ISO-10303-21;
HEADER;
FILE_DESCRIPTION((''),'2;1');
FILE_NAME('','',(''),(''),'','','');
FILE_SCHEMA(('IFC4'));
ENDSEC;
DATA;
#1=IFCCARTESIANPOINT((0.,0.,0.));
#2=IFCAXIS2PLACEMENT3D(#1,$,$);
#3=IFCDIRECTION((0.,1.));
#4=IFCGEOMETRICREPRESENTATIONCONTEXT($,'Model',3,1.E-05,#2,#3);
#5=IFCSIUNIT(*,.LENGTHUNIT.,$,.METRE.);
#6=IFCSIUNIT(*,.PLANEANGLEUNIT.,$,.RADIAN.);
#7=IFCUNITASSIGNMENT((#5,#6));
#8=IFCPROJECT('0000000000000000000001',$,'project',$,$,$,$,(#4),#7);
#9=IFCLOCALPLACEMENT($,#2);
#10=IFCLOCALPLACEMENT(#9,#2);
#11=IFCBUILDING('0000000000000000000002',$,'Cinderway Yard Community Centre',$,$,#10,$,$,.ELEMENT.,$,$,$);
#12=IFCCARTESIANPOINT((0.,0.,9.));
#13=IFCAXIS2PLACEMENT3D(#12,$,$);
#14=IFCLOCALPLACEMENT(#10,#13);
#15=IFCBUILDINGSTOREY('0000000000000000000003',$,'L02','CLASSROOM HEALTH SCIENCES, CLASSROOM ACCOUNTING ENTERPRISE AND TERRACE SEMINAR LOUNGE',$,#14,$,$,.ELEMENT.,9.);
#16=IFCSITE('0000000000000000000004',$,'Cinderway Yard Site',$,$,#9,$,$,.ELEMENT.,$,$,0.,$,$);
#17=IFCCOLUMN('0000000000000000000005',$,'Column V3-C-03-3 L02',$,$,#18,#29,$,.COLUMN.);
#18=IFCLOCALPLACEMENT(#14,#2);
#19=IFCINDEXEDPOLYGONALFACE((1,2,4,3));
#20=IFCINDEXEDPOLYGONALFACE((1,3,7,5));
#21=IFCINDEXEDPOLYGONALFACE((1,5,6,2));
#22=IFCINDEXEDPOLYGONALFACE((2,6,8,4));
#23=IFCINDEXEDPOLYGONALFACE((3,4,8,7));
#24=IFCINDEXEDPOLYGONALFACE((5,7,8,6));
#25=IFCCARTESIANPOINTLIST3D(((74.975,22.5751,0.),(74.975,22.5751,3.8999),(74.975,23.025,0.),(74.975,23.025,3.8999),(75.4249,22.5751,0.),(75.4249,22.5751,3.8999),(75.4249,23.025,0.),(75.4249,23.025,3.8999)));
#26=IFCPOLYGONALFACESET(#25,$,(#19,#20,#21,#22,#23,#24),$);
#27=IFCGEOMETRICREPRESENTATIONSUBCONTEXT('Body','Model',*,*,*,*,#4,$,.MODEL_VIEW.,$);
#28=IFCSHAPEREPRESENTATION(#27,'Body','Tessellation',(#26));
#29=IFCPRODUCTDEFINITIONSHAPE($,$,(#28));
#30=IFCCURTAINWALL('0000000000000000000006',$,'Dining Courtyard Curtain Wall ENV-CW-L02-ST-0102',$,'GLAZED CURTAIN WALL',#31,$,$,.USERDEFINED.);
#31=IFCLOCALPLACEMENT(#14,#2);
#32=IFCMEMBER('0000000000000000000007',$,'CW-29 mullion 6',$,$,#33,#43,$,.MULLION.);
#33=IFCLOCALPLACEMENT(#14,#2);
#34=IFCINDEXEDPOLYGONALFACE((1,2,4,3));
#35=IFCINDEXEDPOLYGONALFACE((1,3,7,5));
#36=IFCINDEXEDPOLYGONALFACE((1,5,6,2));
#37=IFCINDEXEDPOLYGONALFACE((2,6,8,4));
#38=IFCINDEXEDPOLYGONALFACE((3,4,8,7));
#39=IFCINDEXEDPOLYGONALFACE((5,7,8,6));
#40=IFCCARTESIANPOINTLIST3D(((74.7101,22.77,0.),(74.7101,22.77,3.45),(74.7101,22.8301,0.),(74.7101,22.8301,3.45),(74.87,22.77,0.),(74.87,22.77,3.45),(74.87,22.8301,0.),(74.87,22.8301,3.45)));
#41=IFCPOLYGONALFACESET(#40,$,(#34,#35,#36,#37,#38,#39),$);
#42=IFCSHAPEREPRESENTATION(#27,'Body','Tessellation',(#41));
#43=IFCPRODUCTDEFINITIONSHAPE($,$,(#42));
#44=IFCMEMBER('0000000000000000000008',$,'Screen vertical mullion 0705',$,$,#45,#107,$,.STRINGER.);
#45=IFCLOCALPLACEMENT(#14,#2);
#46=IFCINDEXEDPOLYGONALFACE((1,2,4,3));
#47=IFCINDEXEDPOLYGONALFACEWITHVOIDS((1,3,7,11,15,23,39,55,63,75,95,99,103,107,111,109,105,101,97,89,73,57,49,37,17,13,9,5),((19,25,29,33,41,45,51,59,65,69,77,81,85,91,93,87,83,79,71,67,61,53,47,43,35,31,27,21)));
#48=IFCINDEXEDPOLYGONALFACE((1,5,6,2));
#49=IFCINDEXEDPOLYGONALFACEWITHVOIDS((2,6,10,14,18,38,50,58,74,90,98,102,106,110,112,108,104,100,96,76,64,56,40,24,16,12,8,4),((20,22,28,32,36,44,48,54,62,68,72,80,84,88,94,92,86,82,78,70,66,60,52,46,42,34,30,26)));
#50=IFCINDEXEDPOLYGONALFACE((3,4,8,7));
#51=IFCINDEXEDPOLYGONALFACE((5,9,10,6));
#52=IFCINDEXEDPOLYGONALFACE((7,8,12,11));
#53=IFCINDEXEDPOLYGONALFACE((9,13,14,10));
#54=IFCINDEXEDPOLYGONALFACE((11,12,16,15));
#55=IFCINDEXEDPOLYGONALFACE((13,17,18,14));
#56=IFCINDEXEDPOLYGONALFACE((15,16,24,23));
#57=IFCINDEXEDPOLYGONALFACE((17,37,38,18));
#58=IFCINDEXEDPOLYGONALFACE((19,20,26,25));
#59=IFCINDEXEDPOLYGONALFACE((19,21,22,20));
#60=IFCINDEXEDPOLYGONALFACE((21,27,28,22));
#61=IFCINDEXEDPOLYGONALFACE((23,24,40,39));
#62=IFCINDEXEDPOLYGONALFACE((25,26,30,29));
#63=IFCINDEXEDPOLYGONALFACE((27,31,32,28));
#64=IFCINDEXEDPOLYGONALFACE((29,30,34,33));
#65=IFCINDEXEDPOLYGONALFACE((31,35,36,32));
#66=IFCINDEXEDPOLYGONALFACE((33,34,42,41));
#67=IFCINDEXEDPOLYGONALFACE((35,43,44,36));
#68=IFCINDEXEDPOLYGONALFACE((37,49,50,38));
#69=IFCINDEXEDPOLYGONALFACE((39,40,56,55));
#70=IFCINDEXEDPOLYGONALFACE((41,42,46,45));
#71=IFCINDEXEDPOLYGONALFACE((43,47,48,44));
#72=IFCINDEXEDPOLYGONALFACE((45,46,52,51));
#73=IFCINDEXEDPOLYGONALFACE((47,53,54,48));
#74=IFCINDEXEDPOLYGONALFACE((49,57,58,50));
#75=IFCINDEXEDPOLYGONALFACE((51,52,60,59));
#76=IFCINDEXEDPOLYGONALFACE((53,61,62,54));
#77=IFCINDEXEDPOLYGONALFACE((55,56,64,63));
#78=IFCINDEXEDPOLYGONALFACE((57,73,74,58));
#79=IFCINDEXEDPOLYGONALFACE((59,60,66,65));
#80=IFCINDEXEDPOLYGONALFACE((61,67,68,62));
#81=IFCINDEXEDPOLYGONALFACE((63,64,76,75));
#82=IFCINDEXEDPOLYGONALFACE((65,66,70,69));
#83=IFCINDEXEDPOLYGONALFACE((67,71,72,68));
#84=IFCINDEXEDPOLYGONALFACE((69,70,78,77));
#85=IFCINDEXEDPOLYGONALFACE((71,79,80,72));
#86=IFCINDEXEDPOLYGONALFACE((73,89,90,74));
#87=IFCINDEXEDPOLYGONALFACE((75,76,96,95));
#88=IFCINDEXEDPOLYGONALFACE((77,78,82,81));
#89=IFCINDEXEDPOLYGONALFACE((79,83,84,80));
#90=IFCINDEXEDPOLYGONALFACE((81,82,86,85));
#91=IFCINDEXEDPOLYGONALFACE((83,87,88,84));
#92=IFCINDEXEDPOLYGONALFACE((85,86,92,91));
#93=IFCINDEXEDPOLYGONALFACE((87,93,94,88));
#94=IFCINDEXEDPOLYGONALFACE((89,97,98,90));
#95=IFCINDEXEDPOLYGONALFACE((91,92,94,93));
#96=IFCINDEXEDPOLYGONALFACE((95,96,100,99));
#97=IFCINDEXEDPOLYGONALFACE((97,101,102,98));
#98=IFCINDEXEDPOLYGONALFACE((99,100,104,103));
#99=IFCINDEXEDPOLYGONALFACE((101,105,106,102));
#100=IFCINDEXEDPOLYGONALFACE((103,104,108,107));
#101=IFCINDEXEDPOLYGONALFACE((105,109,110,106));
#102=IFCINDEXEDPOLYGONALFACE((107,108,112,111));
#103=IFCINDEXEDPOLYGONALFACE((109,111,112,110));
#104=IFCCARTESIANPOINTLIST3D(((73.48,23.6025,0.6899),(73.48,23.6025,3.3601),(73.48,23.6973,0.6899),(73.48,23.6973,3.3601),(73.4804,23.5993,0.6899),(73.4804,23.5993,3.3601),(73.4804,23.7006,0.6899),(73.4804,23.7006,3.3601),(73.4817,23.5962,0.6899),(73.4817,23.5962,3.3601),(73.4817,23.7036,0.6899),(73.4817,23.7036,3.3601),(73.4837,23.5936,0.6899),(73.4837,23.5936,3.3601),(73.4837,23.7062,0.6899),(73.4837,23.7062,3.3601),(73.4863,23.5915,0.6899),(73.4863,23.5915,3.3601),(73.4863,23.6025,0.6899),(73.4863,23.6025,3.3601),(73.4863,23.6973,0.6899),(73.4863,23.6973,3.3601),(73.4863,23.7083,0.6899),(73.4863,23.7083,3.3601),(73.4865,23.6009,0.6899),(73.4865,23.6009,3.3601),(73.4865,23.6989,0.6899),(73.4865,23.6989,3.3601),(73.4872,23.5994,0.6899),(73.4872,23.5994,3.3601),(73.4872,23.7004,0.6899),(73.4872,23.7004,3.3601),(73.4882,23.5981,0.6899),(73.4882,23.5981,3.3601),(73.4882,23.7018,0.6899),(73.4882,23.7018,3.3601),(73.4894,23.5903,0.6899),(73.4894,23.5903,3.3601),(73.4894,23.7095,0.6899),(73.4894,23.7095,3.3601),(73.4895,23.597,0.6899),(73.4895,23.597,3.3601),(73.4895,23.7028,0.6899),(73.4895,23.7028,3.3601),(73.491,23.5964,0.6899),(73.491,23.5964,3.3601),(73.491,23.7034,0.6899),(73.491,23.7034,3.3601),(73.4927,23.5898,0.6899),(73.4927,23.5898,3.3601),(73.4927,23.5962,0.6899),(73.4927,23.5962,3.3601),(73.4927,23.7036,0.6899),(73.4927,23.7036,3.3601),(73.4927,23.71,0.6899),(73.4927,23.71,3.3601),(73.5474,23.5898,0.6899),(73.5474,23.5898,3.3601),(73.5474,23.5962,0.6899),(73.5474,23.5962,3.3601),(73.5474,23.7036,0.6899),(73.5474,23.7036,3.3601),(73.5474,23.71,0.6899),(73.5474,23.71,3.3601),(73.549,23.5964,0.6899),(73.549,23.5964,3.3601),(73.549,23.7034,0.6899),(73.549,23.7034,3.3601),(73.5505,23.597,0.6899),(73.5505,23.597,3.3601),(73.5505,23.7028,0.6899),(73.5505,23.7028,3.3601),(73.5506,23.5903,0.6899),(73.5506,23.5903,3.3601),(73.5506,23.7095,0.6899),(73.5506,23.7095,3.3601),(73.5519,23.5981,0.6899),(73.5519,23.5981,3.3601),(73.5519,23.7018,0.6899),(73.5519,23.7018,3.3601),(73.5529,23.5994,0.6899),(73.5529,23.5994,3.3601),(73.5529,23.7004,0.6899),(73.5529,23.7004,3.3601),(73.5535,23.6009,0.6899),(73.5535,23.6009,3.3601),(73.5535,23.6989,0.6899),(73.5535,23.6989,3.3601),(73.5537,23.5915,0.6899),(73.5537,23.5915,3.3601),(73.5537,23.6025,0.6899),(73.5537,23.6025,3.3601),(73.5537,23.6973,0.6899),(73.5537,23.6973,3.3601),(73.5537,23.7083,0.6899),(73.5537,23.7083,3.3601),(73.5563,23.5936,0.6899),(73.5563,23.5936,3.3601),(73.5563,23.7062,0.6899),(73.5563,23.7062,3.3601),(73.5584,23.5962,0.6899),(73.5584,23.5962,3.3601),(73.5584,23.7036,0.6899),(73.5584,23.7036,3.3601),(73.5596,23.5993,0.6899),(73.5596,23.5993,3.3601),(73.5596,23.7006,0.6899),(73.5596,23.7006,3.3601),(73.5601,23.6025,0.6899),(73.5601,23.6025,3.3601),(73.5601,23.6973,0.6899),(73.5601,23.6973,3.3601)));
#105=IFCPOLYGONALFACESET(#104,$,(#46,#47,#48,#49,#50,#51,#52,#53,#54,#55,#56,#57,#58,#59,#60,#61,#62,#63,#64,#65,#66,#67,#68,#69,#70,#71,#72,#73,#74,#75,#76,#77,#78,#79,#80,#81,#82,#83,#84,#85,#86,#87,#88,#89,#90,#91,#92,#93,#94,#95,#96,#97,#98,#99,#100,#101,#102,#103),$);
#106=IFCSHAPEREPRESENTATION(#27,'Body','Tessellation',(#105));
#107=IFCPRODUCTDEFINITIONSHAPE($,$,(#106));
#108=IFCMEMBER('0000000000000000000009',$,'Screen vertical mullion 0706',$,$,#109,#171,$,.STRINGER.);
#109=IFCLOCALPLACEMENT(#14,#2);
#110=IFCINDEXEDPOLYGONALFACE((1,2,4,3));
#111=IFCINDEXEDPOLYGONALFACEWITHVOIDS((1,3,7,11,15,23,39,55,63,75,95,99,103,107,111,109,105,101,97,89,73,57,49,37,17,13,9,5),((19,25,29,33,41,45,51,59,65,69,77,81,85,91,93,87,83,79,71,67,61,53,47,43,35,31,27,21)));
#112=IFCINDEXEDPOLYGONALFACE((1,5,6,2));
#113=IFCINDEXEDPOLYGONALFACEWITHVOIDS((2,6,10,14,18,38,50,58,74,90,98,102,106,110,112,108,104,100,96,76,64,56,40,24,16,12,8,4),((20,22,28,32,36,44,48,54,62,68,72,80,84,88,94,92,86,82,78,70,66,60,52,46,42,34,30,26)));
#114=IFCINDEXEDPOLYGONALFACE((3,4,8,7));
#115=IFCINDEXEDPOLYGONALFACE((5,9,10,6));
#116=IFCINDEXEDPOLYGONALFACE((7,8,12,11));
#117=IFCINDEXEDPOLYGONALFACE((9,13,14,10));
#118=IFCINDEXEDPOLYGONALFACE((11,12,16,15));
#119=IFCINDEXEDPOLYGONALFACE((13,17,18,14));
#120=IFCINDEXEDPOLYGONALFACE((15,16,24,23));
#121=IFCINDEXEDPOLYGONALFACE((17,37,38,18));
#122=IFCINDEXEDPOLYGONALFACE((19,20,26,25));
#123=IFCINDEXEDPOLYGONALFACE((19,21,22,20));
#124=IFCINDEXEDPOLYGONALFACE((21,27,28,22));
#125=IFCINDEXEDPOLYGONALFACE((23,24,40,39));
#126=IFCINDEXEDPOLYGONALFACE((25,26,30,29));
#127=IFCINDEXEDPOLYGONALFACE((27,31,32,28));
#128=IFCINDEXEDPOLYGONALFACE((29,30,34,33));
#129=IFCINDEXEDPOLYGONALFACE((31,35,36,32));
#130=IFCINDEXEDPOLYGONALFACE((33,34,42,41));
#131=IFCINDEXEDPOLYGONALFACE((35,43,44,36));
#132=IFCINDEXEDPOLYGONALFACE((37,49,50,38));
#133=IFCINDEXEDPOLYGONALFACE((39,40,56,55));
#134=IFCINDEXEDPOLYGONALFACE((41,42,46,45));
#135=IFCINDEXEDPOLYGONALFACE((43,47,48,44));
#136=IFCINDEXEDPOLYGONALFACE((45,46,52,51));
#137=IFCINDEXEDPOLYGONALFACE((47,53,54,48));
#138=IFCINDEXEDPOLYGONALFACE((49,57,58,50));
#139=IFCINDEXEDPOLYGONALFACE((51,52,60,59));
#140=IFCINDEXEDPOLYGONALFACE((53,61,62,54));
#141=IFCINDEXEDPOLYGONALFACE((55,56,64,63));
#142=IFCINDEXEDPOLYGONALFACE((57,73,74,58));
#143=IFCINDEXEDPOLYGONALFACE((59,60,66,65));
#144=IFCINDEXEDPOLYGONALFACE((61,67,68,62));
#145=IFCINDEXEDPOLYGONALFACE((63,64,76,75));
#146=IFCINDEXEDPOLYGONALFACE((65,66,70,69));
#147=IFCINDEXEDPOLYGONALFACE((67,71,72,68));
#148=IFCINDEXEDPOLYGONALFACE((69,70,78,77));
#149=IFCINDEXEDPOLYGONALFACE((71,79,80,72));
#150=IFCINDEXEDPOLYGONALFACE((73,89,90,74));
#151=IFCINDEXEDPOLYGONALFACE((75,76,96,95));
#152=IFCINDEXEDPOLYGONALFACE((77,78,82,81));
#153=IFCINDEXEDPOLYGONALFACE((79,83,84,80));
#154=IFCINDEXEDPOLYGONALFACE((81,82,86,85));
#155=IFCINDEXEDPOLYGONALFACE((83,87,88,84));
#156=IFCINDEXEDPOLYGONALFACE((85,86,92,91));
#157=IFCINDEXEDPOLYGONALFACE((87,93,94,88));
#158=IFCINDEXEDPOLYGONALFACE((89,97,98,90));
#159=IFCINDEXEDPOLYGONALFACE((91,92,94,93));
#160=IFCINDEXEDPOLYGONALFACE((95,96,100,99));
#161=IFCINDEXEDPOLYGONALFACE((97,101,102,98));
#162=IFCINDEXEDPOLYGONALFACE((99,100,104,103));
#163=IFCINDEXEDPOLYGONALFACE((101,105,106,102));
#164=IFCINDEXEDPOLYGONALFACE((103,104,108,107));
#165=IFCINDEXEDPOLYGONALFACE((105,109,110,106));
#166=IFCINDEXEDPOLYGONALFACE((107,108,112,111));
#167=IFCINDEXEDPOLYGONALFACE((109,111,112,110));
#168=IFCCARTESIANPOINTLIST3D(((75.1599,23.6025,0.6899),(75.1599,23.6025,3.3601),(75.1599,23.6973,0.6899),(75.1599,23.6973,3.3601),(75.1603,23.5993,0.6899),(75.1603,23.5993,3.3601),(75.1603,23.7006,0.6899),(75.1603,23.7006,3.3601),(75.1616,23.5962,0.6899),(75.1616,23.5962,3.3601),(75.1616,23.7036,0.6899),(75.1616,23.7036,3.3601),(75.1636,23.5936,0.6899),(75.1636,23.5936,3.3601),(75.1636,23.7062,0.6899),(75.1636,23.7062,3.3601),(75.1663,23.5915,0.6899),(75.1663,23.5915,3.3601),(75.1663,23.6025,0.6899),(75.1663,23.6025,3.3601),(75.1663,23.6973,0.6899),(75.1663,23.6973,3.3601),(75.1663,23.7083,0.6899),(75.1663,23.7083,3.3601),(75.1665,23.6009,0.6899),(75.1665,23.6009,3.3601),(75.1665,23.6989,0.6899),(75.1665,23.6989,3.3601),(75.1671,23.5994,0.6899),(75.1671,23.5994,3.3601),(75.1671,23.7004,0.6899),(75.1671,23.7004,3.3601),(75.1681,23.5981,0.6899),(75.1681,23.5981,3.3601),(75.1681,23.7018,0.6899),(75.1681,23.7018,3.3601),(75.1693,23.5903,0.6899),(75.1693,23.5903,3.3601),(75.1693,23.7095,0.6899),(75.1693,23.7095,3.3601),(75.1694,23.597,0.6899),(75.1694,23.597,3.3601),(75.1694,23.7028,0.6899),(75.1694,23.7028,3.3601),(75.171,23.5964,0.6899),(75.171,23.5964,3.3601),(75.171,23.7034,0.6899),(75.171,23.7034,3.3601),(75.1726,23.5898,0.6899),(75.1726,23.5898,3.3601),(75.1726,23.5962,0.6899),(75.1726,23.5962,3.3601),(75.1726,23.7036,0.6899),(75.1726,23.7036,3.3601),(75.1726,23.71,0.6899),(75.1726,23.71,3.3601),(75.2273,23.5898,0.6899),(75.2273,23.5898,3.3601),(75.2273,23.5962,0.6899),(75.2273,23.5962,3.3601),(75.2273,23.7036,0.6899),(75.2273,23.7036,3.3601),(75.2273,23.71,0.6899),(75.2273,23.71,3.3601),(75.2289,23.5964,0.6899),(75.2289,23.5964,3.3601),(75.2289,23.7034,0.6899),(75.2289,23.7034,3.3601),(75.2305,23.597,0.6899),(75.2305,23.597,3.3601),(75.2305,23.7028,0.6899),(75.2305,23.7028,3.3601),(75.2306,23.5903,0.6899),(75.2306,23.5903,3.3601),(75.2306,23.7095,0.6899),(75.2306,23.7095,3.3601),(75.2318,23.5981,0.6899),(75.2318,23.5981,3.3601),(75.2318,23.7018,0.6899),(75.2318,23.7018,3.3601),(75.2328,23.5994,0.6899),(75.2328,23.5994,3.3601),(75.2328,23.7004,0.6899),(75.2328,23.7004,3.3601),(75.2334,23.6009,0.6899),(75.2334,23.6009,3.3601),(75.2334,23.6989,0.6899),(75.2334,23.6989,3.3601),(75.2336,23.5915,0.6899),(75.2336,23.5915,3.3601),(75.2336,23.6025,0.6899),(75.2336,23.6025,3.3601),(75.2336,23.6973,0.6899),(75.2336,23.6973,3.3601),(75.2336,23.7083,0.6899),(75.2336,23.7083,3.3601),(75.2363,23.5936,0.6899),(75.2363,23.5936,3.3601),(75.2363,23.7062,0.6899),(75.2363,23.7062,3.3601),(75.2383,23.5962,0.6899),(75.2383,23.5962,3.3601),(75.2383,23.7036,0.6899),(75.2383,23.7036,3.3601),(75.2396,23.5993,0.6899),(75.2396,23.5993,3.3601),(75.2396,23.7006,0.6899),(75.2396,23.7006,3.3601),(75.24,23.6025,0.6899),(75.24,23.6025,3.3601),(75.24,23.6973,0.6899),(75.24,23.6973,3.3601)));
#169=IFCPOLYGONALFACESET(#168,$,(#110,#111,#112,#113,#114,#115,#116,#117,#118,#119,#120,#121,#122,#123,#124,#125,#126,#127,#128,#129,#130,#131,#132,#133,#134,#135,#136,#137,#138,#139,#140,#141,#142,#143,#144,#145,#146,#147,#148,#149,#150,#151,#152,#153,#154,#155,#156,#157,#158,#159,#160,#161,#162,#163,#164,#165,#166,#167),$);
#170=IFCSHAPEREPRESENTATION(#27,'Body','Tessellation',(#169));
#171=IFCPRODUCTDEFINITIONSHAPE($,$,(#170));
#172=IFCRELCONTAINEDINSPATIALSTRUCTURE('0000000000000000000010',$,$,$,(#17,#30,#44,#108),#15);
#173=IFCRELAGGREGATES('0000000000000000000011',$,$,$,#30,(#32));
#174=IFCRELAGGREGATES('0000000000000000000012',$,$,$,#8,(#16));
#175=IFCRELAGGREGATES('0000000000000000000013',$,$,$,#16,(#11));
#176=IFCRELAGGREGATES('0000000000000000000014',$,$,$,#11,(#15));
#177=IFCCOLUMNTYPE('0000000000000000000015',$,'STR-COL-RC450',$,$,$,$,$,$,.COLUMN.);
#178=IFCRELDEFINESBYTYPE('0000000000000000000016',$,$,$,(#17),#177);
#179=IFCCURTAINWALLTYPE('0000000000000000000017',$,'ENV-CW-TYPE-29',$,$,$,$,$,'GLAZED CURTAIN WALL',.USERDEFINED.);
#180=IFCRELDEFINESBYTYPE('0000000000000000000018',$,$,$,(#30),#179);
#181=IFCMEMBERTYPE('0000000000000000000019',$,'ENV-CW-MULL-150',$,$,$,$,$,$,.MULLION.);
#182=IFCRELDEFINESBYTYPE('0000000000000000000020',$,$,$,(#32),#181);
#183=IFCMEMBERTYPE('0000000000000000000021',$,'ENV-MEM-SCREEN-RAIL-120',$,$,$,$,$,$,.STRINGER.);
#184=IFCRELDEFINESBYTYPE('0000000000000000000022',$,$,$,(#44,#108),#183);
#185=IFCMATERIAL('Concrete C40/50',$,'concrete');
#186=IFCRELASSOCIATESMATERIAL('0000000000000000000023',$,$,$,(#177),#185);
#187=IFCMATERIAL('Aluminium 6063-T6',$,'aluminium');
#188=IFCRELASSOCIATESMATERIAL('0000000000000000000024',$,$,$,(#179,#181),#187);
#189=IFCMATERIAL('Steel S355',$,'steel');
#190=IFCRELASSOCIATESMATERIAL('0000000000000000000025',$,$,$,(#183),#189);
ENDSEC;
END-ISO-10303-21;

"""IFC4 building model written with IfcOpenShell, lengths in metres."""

from ifc_helpers import new_model, si_unit, direction, frame, origin, origin_2d, place, context, subcontext, project, spatial, rectangle, hollow_rectangle, extrude, material, material_profile, profile_set, type_object, element, aggregate, save


model = new_model("IFC4")

# Units and contexts
model_context = context("Model", 3, precision=1e-05, world=origin(), true_north=direction((0.0, 1.0)))
body_context = subcontext(model_context, "Body", "Model", "MODEL_VIEW")
ifc_project = project(units=[si_unit("LENGTHUNIT", "METRE"), si_unit("PLANEANGLEUNIT", "RADIAN")], contexts=[model_context])

# Site, building, storey
site_placement = place(None, origin())
site = spatial("IfcSite", under=ifc_project, at=site_placement, Name="Cinderway Yard Site", CompositionType="ELEMENT", RefElevation=0.0)
building_placement = place(site_placement, origin())
building = spatial("IfcBuilding", under=site, at=building_placement, Name="Cinderway Yard Community Centre", CompositionType="ELEMENT")
storey_placement = place(building_placement, frame((0.0, 0.0, 9.0)))
storey = spatial("IfcBuildingStorey", under=building, at=storey_placement, Name="L02", Description="CLASSROOM HEALTH SCIENCES, CLASSROOM ACCOUNTING ENTERPRISE AND TERRACE SEMINAR LOUNGE", CompositionType="ELEMENT", Elevation=9.0)

# Column
ifc_material_1 = material(Name="Concrete C40/50", Category="concrete")
ifc_material_profile_1 = material_profile(ifc_material_1, rectangle(XDim=0.45, YDim=0.45, at=origin_2d()), Name="Concrete C40/50")
ifc_profile_set_1 = profile_set([ifc_material_profile_1], Name="Concrete C40/50")
column_type = type_object("IfcColumnType", Name="STR-COL-RC450", PredefinedType="COLUMN", material=ifc_profile_set_1)
column_placement = place(storey_placement, frame((75.2, 22.8, 0.0), z_axis=(0.0, 0.0, 1.0), x_axis=(1.0, 0.0, 0.0)))
element("IfcColumn", 1, at=column_placement, inside=storey, type_object=column_type, Name="Column V3-C-03-3 L02", PredefinedType="COLUMN", context=body_context, shape_type="SweptSolid", body=[
    extrude(rectangle(XDim=0.45, YDim=0.45, at=origin_2d()), origin(), (0.0, 0.0, 1.0), 3.8999),
])

# Curtain wall, member
ifc_material_2 = material(Name="Aluminium 6063-T6", Category="aluminium")
curtain_wall_type = type_object("IfcCurtainWallType", Name="ENV-CW-TYPE-29", ElementType="GLAZED CURTAIN WALL", PredefinedType="USERDEFINED", material=ifc_material_2)
curtain_wall_placement = place(storey_placement, origin())
curtain_wall = element("IfcCurtainWall", 2, at=curtain_wall_placement, inside=storey, type_object=curtain_wall_type, Name="Dining Courtyard Curtain Wall ENV-CW-L02-ST-0102", ObjectType="GLAZED CURTAIN WALL", PredefinedType="USERDEFINED")
ifc_material_profile_2 = material_profile(ifc_material_2, rectangle(XDim=0.0601, YDim=0.1599, at=origin_2d()), Name="Aluminium 6063-T6")
ifc_profile_set_2 = profile_set([ifc_material_profile_2], Name="Aluminium 6063-T6")
member_type_1 = type_object("IfcMemberType", Name="ENV-CW-MULL-150", PredefinedType="MULLION", material=ifc_profile_set_2)
member_placement = place(storey_placement, frame((74.79, 22.8, 0.0), z_axis=(0.0, 0.0, 1.0), x_axis=(0.0, 1.0, 0.0)))
member = element("IfcMember", 3, at=member_placement, type_object=member_type_1, Name="CW-29 mullion 6", PredefinedType="MULLION", context=body_context, shape_type="SweptSolid", body=[
    extrude(rectangle(XDim=0.0601, YDim=0.1599, at=origin_2d()), origin(), (0.0, 0.0, 1.0), 3.45),
])

# Members
ifc_material_3 = material(Name="Steel S355", Category="steel")
ifc_material_profile_3 = material_profile(ifc_material_3, hollow_rectangle(XDim=0.0801, YDim=0.1201, WallThickness=0.0063, InnerFilletRadius=0.0063, OuterFilletRadius=0.0127, at=origin_2d()), Name="Steel S355")
ifc_profile_set_3 = profile_set([ifc_material_profile_3], Name="Steel S355")
member_type_2 = type_object("IfcMemberType", Name="ENV-MEM-SCREEN-RAIL-120", PredefinedType="STRINGER", material=ifc_profile_set_3)
for number, where, z_axis, x_axis, name in (
    (4, (73.52, 23.6499, 0.6899), (0.0, 0.0, 1.0), (1.0, 0.0, 0.0), "Screen vertical mullion 0705"),
    (5, (75.2, 23.6499, 0.6899), (0.0, 0.0, 1.0), (1.0, 0.0, 0.0), "Screen vertical mullion 0706"),
):
    element("IfcMember", number, at=place(storey_placement, frame(where, z_axis=z_axis, x_axis=x_axis)), inside=storey, type_object=member_type_2, Name=name, PredefinedType="STRINGER", context=body_context, shape_type="SweptSolid", body=[
        extrude(hollow_rectangle(XDim=0.0801, YDim=0.1201, WallThickness=0.0063, InnerFilletRadius=0.0063, OuterFilletRadius=0.0127, at=origin_2d()), origin(), (0.0, 0.0, 1.0), 2.6702),
    ])

aggregate(curtain_wall, [member])

save(model, "model.ifc")
